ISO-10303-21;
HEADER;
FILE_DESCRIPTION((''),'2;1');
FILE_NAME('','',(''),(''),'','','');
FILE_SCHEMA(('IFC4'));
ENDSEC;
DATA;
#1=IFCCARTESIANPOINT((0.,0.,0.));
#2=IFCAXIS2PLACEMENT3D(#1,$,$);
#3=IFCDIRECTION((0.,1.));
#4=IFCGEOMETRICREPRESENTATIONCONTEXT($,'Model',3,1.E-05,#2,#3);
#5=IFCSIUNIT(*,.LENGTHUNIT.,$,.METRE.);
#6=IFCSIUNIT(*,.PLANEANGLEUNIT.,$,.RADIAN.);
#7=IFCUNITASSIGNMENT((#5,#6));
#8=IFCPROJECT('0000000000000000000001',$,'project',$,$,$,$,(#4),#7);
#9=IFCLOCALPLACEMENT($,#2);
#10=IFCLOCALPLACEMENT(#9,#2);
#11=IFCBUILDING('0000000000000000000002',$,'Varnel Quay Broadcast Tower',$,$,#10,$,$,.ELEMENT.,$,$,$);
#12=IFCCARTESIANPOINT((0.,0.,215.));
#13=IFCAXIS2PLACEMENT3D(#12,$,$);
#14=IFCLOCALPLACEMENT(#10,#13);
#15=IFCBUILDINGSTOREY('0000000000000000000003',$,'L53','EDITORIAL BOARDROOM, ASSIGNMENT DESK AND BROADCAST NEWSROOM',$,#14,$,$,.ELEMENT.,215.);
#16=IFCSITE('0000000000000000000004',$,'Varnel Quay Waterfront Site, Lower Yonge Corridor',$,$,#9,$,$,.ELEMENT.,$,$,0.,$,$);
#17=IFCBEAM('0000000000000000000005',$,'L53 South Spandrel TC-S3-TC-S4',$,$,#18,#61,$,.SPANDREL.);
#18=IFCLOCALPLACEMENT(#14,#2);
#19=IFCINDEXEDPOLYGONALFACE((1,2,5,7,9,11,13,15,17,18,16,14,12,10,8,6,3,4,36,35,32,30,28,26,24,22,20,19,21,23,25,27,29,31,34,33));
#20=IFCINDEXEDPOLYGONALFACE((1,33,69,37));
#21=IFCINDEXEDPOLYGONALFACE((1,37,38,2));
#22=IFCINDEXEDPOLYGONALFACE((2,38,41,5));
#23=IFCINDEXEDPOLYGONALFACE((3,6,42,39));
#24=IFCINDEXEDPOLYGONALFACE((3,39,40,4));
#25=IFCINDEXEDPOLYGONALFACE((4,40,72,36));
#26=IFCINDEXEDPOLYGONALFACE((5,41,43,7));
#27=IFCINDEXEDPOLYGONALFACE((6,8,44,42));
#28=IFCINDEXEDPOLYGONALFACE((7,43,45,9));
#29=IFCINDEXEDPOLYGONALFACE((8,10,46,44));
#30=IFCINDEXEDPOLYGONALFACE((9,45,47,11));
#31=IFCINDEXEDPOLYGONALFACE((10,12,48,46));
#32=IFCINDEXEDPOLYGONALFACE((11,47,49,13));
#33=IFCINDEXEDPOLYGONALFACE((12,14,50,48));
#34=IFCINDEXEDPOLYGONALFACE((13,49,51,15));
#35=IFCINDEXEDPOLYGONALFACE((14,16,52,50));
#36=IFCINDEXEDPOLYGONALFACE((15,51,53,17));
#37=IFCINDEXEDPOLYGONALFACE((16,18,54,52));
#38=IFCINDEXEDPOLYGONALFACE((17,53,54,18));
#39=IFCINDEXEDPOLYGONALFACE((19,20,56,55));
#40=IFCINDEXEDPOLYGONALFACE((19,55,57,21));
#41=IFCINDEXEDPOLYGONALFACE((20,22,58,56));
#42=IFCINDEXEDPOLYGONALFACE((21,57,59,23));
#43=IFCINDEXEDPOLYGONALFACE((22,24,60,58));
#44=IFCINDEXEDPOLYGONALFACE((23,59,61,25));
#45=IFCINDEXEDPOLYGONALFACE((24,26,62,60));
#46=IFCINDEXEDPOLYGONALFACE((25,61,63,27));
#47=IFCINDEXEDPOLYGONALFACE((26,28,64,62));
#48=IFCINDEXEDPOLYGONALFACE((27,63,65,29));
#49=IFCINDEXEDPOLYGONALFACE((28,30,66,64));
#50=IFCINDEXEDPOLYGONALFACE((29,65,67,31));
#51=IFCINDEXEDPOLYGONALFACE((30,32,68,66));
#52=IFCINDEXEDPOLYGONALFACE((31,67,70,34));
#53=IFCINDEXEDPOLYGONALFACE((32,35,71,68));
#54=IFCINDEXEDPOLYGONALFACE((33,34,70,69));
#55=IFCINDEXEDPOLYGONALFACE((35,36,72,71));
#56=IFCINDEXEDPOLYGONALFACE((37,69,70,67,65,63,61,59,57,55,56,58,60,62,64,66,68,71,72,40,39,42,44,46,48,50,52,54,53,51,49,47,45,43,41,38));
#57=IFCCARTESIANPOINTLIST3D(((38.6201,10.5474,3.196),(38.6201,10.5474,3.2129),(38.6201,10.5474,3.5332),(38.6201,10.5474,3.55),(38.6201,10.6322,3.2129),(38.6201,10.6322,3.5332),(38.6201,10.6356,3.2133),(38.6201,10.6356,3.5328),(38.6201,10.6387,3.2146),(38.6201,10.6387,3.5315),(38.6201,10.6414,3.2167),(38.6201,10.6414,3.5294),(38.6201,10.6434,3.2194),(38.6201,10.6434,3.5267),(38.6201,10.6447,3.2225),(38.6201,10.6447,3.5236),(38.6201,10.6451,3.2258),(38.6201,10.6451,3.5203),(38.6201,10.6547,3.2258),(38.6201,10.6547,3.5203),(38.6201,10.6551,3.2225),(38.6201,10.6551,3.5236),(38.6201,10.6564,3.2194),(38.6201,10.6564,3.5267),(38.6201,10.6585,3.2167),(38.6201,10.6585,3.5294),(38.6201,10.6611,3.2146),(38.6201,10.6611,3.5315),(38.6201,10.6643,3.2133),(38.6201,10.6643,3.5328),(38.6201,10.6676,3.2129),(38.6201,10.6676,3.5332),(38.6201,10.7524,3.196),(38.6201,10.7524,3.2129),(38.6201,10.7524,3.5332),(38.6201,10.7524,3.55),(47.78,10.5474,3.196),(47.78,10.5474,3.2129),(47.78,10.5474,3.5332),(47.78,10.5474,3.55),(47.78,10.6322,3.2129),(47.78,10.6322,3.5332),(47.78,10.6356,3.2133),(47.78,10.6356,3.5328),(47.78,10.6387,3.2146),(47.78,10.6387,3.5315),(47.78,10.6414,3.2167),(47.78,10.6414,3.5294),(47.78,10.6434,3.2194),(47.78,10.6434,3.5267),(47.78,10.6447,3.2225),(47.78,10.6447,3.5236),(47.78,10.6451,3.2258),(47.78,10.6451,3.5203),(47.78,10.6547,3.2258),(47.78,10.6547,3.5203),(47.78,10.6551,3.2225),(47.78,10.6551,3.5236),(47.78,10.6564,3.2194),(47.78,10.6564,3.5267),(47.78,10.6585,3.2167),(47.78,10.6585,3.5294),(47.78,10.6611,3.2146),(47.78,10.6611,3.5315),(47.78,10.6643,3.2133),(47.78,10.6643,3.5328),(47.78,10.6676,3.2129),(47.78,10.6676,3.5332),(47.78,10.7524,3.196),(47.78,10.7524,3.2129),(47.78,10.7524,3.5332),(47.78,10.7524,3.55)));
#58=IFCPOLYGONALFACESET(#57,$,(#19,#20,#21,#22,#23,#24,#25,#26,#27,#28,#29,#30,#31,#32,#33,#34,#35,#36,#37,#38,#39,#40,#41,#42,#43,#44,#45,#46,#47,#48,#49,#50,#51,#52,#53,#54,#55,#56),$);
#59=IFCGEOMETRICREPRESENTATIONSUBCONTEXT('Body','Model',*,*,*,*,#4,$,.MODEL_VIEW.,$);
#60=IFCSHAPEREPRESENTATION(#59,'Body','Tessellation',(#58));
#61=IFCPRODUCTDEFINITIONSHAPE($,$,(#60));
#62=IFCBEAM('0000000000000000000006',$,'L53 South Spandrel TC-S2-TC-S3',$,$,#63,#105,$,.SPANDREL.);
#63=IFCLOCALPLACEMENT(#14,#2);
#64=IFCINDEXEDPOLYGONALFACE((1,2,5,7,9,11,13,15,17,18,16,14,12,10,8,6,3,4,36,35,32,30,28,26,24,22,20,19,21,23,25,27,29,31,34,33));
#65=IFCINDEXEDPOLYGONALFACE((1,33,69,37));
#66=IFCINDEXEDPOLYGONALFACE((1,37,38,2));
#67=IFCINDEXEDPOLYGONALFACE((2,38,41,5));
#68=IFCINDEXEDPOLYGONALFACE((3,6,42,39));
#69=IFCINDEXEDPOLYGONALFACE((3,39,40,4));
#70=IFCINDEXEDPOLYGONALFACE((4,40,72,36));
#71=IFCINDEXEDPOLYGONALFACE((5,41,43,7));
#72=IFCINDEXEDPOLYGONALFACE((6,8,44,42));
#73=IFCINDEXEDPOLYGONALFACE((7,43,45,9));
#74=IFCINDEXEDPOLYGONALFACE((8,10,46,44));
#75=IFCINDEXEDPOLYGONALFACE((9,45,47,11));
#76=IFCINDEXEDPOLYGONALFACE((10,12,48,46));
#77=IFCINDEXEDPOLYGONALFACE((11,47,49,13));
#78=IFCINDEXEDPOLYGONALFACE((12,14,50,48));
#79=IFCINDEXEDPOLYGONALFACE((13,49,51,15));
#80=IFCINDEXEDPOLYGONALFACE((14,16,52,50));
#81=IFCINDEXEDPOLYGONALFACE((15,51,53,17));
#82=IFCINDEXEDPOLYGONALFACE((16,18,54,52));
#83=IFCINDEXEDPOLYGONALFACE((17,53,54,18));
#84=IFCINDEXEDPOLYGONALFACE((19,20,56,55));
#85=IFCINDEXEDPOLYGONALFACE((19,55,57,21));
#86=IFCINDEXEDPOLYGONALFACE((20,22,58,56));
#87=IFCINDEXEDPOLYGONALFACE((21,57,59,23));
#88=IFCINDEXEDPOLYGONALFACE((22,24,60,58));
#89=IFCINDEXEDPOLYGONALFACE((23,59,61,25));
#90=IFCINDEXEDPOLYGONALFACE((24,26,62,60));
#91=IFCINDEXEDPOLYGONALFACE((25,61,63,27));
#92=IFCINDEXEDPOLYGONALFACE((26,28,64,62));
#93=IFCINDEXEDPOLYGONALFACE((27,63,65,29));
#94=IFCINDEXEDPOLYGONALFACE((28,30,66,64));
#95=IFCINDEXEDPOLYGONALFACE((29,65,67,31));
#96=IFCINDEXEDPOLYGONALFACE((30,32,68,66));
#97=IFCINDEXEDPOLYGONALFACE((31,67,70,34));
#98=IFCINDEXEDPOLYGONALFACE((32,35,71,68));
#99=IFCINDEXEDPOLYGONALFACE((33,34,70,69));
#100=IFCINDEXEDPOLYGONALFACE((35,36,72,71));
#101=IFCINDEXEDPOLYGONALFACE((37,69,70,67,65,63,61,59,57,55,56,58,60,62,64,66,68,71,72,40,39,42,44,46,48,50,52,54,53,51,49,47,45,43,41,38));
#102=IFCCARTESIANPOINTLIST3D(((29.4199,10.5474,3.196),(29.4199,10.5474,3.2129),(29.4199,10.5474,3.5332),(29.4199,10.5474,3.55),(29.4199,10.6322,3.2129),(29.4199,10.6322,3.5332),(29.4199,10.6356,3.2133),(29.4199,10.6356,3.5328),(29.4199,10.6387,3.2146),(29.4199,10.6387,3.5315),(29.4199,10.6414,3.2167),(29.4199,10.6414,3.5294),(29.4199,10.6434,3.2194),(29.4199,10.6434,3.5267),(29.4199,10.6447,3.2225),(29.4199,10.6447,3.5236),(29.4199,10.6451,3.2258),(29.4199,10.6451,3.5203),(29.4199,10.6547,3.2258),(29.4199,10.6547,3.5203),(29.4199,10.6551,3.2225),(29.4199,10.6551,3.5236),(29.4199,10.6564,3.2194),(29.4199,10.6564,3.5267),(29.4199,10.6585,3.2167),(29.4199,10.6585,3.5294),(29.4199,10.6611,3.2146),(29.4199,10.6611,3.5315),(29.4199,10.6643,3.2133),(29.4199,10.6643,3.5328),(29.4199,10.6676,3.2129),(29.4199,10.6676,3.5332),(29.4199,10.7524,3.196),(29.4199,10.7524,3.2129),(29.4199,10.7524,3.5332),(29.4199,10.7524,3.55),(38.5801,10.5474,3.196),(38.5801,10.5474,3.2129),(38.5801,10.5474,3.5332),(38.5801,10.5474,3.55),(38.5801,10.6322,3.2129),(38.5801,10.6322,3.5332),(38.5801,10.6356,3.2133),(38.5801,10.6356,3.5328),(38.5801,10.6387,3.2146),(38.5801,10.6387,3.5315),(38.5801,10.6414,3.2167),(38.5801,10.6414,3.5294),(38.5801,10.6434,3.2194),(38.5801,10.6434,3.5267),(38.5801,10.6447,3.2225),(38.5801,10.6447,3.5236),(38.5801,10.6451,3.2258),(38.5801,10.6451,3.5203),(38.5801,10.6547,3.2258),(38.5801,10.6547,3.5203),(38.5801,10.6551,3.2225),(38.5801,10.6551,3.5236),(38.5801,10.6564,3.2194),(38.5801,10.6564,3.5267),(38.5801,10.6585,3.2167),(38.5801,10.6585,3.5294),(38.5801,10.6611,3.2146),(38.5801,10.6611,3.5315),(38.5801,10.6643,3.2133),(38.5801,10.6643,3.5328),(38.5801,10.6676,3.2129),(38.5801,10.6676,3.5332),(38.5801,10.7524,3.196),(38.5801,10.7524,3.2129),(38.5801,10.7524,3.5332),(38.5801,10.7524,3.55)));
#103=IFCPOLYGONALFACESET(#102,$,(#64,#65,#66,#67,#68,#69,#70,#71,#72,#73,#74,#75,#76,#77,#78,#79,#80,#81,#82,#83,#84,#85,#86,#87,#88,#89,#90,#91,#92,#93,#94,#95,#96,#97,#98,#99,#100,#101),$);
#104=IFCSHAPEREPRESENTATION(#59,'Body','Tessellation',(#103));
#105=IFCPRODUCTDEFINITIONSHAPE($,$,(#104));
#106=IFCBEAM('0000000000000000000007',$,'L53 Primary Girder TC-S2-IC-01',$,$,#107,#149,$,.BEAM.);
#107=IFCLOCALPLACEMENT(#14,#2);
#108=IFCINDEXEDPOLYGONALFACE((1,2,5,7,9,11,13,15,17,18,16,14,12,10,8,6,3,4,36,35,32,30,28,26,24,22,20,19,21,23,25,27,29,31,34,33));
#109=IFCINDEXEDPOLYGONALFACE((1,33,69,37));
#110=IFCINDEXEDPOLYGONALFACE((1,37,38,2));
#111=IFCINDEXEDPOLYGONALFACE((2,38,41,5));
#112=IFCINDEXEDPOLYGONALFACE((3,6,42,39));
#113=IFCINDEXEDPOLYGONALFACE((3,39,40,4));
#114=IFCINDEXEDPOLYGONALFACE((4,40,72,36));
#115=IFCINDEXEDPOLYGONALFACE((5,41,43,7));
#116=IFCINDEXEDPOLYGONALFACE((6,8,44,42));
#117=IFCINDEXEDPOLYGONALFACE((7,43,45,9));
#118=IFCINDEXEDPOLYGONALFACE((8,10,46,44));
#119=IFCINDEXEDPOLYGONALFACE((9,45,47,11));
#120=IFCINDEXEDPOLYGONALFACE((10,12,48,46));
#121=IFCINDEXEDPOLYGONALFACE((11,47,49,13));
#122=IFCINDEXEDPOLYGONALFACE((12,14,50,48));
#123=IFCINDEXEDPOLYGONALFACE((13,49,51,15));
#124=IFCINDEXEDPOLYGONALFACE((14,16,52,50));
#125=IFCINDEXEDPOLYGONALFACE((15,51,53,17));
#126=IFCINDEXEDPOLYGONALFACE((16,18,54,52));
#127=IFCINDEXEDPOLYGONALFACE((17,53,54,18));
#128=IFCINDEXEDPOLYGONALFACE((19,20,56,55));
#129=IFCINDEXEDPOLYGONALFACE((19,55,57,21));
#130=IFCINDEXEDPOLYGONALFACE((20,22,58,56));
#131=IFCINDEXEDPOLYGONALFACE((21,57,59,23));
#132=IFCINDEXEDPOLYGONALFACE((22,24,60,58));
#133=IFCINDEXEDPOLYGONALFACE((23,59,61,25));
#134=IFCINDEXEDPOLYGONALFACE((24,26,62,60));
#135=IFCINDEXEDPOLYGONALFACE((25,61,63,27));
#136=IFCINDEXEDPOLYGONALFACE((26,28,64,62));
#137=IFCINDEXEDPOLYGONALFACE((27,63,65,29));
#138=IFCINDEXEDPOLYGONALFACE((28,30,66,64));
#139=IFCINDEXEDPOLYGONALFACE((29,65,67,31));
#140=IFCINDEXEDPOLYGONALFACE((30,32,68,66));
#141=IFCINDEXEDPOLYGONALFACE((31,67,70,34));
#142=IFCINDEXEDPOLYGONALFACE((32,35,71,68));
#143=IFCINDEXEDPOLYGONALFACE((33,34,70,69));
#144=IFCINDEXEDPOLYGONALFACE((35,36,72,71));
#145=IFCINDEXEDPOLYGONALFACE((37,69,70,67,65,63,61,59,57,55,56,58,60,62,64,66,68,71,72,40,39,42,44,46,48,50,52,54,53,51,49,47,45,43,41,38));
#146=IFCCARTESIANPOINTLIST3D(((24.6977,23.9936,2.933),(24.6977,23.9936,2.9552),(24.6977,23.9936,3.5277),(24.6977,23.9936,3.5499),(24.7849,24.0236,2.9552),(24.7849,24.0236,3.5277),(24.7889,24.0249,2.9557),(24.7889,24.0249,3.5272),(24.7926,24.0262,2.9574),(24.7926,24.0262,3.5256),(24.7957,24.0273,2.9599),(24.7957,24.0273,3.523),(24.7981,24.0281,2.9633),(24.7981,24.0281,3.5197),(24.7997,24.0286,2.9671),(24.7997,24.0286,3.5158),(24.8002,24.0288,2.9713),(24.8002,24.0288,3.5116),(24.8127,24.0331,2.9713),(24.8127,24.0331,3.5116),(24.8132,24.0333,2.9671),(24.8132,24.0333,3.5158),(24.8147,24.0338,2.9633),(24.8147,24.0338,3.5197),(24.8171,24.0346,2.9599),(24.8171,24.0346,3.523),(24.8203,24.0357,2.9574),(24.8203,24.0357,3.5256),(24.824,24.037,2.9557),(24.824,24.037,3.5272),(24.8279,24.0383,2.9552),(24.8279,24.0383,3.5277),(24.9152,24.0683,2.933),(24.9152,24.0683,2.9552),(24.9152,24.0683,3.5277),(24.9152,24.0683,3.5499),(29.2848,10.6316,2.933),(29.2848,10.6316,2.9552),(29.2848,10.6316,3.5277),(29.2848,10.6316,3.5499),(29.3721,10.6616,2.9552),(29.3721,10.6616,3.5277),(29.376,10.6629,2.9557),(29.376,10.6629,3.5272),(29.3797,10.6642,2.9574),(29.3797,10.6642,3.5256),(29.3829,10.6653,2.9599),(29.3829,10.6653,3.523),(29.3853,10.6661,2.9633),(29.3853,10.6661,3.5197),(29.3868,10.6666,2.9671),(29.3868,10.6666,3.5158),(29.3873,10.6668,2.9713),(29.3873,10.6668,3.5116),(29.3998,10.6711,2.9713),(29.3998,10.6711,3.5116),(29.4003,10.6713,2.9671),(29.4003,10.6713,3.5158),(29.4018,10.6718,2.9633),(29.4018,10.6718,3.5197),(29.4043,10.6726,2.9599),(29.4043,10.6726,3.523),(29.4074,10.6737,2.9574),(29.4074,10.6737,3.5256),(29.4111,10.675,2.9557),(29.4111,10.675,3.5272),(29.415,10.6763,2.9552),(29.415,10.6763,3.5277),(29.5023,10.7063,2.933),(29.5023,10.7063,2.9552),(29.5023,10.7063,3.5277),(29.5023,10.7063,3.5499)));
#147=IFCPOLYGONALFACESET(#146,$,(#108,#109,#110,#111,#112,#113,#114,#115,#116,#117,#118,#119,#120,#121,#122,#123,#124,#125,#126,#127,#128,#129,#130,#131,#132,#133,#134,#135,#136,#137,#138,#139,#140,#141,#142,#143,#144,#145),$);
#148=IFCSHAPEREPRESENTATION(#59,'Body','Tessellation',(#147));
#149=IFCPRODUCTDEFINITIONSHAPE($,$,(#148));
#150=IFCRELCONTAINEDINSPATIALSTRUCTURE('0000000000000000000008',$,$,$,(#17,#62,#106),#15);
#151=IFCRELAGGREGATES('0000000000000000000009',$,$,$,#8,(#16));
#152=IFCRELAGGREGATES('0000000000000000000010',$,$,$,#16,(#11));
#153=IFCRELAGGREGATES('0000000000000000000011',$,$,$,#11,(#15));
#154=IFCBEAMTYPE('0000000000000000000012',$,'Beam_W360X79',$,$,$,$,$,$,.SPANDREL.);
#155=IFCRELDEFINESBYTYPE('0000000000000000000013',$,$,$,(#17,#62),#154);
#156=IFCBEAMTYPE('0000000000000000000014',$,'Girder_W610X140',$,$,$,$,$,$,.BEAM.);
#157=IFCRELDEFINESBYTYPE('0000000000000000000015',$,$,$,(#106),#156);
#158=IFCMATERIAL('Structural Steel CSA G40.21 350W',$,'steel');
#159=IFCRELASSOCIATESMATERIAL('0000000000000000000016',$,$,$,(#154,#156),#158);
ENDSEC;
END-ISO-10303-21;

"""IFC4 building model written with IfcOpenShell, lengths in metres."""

from ifc_helpers import new_model, si_unit, direction, frame, origin, origin_2d, place, context, subcontext, project, spatial, i_section, extrude, source, transform, mapped, material, material_profile, profile_set, type_object, type_shapes, element, save


model = new_model("IFC4")

# Units and contexts
model_context = context("Model", 3, precision=1e-05, world=origin(), true_north=direction((0.0, 1.0)))
body_context = subcontext(model_context, "Body", "Model", "MODEL_VIEW")
ifc_project = project(units=[si_unit("LENGTHUNIT", "METRE"), si_unit("PLANEANGLEUNIT", "RADIAN")], contexts=[model_context])

# Site, building, storey
site_placement = place(None, origin())
site = spatial("IfcSite", under=ifc_project, at=site_placement, Name="Varnel Quay Waterfront Site, Lower Yonge Corridor", CompositionType="ELEMENT", RefElevation=0.0)
building_placement = place(site_placement, origin())
building = spatial("IfcBuilding", under=site, at=building_placement, Name="Varnel Quay Broadcast Tower", CompositionType="ELEMENT")
storey_placement = place(building_placement, frame((0.0, 0.0, 215.0)))
storey = spatial("IfcBuildingStorey", under=building, at=storey_placement, Name="L53", Description="EDITORIAL BOARDROOM, ASSIGNMENT DESK AND BROADCAST NEWSROOM", CompositionType="ELEMENT", Elevation=215.0)

# Shared definitions
ifc_material_1 = material(Name="Structural Steel CSA G40.21 350W", Category="steel")

# Beams
ifc_material_profile_1 = material_profile(ifc_material_1, i_section(OverallWidth=0.2051, OverallDepth=0.354, WebThickness=0.0095, FlangeThickness=0.0168, FilletRadius=0.0129, at=origin_2d()), Name="W360X79")
ifc_profile_set_1 = profile_set([ifc_material_profile_1], Name="Structural Steel CSA G40.21 350W")
beam_type_1 = type_object("IfcBeamType", Name="Beam_W360X79", PredefinedType="SPANDREL", material=ifc_profile_set_1)
shared_shape_1 = source(origin(), body_context, "Body", "SweptSolid", [
    extrude(i_section(OverallWidth=0.2051, OverallDepth=0.354, WebThickness=0.0095, FlangeThickness=0.0168, FilletRadius=0.0129, at=origin_2d()), origin(), (0.0, 0.0, 1.0), 9.1599),
])
beam_1_placement = place(storey_placement, frame((38.6201, 10.6499, 3.373), z_axis=(1.0, 0.0, 0.0), x_axis=(0.0, 1.0, 0.0)))
element("IfcBeam", 1, at=beam_1_placement, inside=storey, type_object=beam_type_1, Name="L53 South Spandrel TC-S3-TC-S4", PredefinedType="SPANDREL", context=body_context, shape_type="MappedRepresentation", body=[
    mapped(shared_shape_1, transform((0.0, 0.0, 0.0), x_axis=(1.0, 0.0, 0.0), y_axis=(0.0, 1.0, 0.0), z_axis=(0.0, 0.0, 1.0), scale=1.0)),
])
shared_shape_2 = source(origin(), body_context, "Body", "SweptSolid", [
    extrude(i_section(OverallWidth=0.2051, OverallDepth=0.354, WebThickness=0.0095, FlangeThickness=0.0168, FilletRadius=0.0129, at=origin_2d()), origin(), (0.0, 0.0, 1.0), 9.1602),
])
type_shapes(beam_type_1, [shared_shape_1, shared_shape_2])
beam_2_placement = place(storey_placement, frame((29.4199, 10.6499, 3.373), z_axis=(1.0, 0.0, 0.0), x_axis=(0.0, 1.0, 0.0)))
element("IfcBeam", 2, at=beam_2_placement, inside=storey, type_object=beam_type_1, Name="L53 South Spandrel TC-S2-TC-S3", PredefinedType="SPANDREL", context=body_context, shape_type="MappedRepresentation", body=[
    mapped(shared_shape_2, transform((0.0, 0.0, 0.0), x_axis=(1.0, 0.0, 0.0), y_axis=(0.0, 1.0, 0.0), z_axis=(0.0, 0.0, 1.0), scale=1.0)),
])
ifc_material_profile_2 = material_profile(ifc_material_1, i_section(OverallWidth=0.23, OverallDepth=0.6169, WebThickness=0.0132, FlangeThickness=0.0222, FilletRadius=0.0161, at=origin_2d()), Name="W610X140")
ifc_profile_set_2 = profile_set([ifc_material_profile_2], Name="Structural Steel CSA G40.21 350W")
beam_type_2 = type_object("IfcBeamType", Name="Girder_W610X140", PredefinedType="BEAM", material=ifc_profile_set_2)
shared_shape_3 = source(origin(), body_context, "Body", "SweptSolid", [
    extrude(i_section(OverallWidth=0.23, OverallDepth=0.6169, WebThickness=0.0132, FlangeThickness=0.0222, FilletRadius=0.0161, at=origin_2d()), origin(), (0.0, 0.0, 1.0), 14.1274),
])
beam_3_placement = place(storey_placement, frame((29.3936, 10.6689, 3.2415), z_axis=(-0.324697, 0.945818, 0.0), x_axis=(-0.945818, -0.324697, 0.0)))
element("IfcBeam", 3, at=beam_3_placement, inside=storey, type_object=beam_type_2, Name="L53 Primary Girder TC-S2-IC-01", PredefinedType="BEAM", context=body_context, shape_type="MappedRepresentation", body=[
    mapped(shared_shape_3, transform((0.0, 0.0, 0.0), x_axis=(1.0, 0.0, 0.0), y_axis=(0.0, 1.0, 0.0), z_axis=(0.0, 0.0, 1.0), scale=1.0)),
])

save(model, "model.ifc")
